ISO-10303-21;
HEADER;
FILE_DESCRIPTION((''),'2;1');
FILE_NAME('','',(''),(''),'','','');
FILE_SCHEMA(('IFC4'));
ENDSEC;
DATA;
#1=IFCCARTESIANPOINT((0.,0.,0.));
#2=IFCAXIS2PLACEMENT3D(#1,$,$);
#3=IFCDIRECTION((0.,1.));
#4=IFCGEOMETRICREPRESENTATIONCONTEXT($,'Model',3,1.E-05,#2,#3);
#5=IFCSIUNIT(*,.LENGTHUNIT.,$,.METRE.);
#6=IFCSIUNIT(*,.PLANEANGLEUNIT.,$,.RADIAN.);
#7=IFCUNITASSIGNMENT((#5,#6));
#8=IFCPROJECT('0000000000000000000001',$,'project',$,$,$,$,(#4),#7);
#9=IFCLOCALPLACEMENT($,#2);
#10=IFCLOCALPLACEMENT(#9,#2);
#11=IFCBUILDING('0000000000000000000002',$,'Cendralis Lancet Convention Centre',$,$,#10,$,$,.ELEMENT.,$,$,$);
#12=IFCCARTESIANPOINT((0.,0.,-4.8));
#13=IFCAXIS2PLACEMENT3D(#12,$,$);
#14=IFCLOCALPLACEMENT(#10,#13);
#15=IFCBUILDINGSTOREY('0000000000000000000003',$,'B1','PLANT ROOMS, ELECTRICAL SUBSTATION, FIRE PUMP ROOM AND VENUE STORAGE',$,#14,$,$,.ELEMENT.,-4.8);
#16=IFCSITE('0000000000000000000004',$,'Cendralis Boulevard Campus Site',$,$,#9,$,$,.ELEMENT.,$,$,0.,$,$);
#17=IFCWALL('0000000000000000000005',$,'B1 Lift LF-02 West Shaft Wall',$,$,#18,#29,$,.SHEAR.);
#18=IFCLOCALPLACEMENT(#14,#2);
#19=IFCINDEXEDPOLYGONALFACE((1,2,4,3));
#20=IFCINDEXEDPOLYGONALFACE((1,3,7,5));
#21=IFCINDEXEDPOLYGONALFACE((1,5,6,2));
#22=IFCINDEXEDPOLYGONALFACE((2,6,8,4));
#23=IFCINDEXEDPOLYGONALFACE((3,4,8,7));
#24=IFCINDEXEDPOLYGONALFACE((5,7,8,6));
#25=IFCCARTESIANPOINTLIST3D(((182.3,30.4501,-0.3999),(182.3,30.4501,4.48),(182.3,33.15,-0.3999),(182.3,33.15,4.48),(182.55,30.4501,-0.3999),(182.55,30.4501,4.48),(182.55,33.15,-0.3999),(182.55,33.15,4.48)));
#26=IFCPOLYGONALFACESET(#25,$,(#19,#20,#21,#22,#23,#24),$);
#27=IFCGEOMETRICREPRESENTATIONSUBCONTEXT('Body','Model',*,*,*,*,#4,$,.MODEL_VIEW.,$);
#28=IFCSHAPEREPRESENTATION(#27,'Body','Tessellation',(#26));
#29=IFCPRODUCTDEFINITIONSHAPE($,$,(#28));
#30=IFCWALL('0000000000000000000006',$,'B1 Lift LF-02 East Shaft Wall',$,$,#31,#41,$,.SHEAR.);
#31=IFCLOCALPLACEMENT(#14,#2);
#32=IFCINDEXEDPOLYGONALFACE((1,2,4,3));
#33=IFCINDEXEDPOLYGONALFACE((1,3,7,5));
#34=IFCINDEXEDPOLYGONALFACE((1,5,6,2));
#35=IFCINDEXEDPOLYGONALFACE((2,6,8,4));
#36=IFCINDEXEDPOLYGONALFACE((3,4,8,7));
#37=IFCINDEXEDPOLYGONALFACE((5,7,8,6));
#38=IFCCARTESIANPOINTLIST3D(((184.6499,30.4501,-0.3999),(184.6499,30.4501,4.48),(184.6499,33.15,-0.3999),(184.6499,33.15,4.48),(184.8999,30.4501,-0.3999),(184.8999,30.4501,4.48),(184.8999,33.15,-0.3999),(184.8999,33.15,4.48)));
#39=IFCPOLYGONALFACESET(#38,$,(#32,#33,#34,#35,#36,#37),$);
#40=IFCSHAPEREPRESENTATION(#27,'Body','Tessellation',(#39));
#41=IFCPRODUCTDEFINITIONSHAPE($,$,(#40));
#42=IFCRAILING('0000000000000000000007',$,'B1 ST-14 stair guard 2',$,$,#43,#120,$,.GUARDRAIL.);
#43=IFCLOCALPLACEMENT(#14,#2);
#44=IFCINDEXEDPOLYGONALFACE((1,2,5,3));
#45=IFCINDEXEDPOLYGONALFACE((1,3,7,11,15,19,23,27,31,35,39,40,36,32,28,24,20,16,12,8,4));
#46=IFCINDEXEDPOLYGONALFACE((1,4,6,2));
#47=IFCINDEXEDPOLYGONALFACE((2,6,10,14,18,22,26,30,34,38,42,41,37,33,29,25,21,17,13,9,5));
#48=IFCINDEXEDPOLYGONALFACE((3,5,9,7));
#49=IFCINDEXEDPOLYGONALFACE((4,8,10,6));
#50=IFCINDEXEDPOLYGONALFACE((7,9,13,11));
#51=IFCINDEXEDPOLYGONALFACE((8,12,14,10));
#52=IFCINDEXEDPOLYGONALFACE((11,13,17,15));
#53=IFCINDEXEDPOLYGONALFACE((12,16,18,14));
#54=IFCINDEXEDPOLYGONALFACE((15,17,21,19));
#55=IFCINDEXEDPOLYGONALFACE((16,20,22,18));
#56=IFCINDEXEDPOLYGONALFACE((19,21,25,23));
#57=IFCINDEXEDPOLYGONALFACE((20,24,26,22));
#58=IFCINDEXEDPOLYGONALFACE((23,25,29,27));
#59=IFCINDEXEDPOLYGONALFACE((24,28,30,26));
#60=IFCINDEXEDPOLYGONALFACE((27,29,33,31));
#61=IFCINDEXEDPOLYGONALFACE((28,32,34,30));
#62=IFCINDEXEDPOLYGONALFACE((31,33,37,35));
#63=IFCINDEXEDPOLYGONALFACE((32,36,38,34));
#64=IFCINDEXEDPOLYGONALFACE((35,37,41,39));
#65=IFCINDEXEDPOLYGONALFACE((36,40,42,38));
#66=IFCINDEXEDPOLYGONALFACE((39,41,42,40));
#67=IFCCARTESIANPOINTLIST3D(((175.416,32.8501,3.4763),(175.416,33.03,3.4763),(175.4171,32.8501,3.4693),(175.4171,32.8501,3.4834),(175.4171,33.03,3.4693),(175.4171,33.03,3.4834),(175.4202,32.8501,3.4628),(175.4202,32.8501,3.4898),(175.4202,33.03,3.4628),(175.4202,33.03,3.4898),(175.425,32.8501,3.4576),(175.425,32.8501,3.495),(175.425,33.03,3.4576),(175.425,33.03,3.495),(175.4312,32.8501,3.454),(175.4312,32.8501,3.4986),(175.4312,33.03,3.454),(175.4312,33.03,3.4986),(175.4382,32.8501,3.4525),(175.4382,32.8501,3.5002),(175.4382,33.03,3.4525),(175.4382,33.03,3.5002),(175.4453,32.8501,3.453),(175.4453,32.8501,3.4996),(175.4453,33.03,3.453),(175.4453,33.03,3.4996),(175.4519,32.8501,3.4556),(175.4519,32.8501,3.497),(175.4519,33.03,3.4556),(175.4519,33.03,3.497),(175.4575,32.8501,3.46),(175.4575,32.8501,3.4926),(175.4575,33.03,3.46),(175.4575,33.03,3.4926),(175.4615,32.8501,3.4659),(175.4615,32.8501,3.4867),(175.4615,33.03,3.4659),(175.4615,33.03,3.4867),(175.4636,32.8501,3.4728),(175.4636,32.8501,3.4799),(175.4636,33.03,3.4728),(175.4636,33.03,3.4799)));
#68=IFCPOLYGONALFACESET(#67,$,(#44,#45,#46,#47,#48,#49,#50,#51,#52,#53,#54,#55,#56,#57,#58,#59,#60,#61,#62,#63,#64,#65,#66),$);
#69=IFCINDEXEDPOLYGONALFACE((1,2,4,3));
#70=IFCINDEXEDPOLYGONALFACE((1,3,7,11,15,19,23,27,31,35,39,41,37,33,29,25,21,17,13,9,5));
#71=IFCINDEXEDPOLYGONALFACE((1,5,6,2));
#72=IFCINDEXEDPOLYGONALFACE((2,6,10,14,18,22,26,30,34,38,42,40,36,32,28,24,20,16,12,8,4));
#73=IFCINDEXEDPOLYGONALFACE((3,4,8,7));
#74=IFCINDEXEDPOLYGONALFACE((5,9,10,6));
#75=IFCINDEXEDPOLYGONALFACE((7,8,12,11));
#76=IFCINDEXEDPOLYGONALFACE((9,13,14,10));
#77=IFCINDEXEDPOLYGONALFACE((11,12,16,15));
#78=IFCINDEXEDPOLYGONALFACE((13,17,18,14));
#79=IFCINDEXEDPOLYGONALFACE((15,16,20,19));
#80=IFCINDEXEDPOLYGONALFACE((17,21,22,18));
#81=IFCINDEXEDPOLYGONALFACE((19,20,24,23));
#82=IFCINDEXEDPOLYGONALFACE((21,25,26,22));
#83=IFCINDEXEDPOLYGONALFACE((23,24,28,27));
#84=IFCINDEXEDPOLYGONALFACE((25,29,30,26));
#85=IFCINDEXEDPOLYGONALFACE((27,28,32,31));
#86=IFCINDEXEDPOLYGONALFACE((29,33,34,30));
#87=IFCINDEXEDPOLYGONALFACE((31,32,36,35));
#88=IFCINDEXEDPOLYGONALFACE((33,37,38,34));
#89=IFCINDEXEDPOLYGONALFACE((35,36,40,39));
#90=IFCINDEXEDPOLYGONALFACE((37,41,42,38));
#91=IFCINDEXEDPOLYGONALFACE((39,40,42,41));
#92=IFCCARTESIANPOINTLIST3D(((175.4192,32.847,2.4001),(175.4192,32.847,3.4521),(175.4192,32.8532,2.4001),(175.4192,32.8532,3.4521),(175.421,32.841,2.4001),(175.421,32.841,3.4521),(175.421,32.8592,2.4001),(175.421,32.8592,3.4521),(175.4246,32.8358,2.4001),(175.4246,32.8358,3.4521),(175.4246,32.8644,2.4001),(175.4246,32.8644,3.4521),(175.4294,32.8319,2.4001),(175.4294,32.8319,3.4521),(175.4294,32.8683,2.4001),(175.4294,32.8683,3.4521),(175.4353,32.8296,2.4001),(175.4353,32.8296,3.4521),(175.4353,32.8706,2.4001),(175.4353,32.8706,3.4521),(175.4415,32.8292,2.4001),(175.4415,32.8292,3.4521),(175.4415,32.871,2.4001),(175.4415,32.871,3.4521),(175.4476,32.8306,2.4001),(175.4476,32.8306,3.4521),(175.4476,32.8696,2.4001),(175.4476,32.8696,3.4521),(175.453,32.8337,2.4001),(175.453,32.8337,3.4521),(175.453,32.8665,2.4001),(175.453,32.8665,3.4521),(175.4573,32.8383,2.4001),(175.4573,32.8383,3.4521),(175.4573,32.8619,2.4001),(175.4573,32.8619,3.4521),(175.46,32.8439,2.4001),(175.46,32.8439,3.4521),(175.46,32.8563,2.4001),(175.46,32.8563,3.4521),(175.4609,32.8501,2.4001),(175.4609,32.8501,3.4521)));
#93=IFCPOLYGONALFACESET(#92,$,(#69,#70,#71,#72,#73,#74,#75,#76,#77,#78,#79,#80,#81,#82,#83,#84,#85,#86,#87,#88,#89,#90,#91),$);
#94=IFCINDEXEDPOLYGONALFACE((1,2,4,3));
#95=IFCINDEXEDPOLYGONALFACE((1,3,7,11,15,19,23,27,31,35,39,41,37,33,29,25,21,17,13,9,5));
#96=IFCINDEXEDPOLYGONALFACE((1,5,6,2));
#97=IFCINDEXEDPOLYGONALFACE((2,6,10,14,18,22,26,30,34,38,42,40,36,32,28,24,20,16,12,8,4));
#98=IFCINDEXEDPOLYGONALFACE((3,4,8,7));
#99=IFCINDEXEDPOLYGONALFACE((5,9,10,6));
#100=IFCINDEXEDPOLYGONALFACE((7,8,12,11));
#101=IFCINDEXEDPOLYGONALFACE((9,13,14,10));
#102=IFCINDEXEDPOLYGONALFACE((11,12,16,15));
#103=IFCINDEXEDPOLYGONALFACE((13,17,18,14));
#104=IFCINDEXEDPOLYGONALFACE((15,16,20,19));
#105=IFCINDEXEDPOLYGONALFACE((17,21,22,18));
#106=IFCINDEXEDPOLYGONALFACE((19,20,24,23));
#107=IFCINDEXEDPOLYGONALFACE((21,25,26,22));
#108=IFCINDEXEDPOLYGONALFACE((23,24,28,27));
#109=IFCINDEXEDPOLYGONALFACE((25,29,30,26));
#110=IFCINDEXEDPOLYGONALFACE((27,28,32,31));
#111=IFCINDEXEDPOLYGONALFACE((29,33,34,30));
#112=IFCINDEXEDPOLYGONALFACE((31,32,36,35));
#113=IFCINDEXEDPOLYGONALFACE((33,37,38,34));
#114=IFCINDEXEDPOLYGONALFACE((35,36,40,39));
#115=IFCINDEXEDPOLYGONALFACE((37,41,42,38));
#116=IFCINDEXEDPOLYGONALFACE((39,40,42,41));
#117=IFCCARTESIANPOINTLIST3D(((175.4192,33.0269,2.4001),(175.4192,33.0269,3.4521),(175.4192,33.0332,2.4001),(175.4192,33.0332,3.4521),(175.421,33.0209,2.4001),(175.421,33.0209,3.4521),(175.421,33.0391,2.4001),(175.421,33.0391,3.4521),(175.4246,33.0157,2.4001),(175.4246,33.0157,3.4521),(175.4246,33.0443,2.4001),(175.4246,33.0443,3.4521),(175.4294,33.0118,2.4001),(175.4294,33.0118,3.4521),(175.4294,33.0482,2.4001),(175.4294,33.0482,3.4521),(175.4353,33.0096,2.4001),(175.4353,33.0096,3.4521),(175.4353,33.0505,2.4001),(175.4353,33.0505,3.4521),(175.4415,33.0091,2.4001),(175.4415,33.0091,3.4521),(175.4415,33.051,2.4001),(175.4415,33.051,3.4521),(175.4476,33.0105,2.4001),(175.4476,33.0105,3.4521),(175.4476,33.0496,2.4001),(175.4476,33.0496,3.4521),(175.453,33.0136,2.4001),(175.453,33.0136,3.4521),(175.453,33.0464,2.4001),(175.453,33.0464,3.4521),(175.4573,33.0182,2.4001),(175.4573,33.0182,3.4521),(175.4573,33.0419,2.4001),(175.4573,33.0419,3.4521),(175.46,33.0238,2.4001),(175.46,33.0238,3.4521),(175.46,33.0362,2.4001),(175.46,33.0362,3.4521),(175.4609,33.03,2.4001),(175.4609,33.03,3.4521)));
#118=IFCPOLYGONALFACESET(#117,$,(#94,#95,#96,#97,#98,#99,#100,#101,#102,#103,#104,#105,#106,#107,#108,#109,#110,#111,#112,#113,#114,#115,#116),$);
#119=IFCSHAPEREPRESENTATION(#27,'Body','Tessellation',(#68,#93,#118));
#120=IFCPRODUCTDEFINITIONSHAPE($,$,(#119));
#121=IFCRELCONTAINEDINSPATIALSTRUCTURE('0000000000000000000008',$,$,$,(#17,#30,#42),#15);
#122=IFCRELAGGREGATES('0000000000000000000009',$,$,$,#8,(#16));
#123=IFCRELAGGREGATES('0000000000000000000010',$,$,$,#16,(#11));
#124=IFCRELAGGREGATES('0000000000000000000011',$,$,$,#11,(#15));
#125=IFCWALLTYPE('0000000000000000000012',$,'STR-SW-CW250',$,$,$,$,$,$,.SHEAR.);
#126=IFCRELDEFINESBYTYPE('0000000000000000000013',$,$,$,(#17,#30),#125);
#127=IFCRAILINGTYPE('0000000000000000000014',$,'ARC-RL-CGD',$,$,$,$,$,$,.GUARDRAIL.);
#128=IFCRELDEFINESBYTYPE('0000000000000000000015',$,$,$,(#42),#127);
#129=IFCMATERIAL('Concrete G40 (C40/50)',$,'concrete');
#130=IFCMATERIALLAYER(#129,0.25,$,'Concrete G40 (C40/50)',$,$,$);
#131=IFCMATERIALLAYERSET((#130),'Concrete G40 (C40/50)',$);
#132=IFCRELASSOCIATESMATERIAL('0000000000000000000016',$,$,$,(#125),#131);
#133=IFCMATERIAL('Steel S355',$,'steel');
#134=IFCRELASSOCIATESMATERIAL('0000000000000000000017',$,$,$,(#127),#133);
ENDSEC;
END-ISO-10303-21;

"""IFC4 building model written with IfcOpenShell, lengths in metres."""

from ifc_helpers import new_model, si_unit, direction, frame, frame_2d, origin, origin_2d, place, context, subcontext, project, spatial, rectangle, circle, extrude, material, layer, layer_set, type_object, element, save


model = new_model("IFC4")

# Units and contexts
model_context = context("Model", 3, precision=1e-05, world=origin(), true_north=direction((0.0, 1.0)))
body_context = subcontext(model_context, "Body", "Model", "MODEL_VIEW")
ifc_project = project(units=[si_unit("LENGTHUNIT", "METRE"), si_unit("PLANEANGLEUNIT", "RADIAN")], contexts=[model_context])

# Site, building, storey
site_placement = place(None, origin())
site = spatial("IfcSite", under=ifc_project, at=site_placement, Name="Cendralis Boulevard Campus Site", CompositionType="ELEMENT", RefElevation=0.0)
building_placement = place(site_placement, origin())
building = spatial("IfcBuilding", under=site, at=building_placement, Name="Cendralis Lancet Convention Centre", CompositionType="ELEMENT")
storey_placement = place(building_placement, frame((0.0, 0.0, -4.8)))
storey = spatial("IfcBuildingStorey", under=building, at=storey_placement, Name="B1", Description="PLANT ROOMS, ELECTRICAL SUBSTATION, FIRE PUMP ROOM AND VENUE STORAGE", CompositionType="ELEMENT", Elevation=-4.8)

# Shared definitions
ifc_material_1 = material(Name="Steel S355", Category="steel")

# Shared definitions
ifc_material_2 = material(Name="Concrete G40 (C40/50)", Category="concrete")

# Shared definitions
ifc_layer_1 = layer(ifc_material_2, 0.25, Name="Concrete G40 (C40/50)")
ifc_layer_set_1 = layer_set([ifc_layer_1], Name="Concrete G40 (C40/50)")
wall_type_1 = type_object("IfcWallType", Name="STR-SW-CW250", PredefinedType="SHEAR", material=ifc_layer_set_1)

# Walls
for number, where, z_axis, x_axis, name in (
    (1, (182.425, 30.45, -0.3999), (0.0, 0.0, 1.0), (0.0, 1.0, 0.0), "B1 Lift LF-02 West Shaft Wall"),
    (2, (184.7749, 30.45, -0.3999), (0.0, 0.0, 1.0), (0.0, 1.0, 0.0), "B1 Lift LF-02 East Shaft Wall"),
):
    element("IfcWall", number, at=place(storey_placement, frame(where, z_axis=z_axis, x_axis=x_axis)), inside=storey, type_object=wall_type_1, Name=name, PredefinedType="SHEAR", context=body_context, shape_type="SweptSolid", body=[
        extrude(rectangle(XDim=2.7, YDim=0.25, at=frame_2d((1.3501, 0.0))), origin(), (0.0, 0.0, 1.0), 4.8799),
    ])

# Railing
railing_type_1 = type_object("IfcRailingType", Name="ARC-RL-CGD", PredefinedType="GUARDRAIL", material=ifc_material_1)
railing_1_placement = place(storey_placement, frame((175.4399, 32.8501, 2.4001)))
element("IfcRailing", 3, at=railing_1_placement, inside=storey, type_object=railing_type_1, Name="B1 ST-14 stair guard 2", PredefinedType="GUARDRAIL", context=body_context, shape_type="SweptSolid", body=[
    extrude(circle(Radius=0.0239, at=origin_2d()), frame((0.0, 0.0, 1.0762), z_axis=(0.0, 1.0, 0.0), x_axis=(-1.0, 0.0, 0.0)), (0.0, 0.0, 1.0), 0.1799),
    extrude(circle(Radius=0.021, at=origin_2d()), origin(), (0.0, 0.0, 1.0), 1.052),
    extrude(circle(Radius=0.021, at=origin_2d()), frame((0.0, 0.1799, 0.0)), (0.0, 0.0, 1.0), 1.052),
])

save(model, "model.ifc")
